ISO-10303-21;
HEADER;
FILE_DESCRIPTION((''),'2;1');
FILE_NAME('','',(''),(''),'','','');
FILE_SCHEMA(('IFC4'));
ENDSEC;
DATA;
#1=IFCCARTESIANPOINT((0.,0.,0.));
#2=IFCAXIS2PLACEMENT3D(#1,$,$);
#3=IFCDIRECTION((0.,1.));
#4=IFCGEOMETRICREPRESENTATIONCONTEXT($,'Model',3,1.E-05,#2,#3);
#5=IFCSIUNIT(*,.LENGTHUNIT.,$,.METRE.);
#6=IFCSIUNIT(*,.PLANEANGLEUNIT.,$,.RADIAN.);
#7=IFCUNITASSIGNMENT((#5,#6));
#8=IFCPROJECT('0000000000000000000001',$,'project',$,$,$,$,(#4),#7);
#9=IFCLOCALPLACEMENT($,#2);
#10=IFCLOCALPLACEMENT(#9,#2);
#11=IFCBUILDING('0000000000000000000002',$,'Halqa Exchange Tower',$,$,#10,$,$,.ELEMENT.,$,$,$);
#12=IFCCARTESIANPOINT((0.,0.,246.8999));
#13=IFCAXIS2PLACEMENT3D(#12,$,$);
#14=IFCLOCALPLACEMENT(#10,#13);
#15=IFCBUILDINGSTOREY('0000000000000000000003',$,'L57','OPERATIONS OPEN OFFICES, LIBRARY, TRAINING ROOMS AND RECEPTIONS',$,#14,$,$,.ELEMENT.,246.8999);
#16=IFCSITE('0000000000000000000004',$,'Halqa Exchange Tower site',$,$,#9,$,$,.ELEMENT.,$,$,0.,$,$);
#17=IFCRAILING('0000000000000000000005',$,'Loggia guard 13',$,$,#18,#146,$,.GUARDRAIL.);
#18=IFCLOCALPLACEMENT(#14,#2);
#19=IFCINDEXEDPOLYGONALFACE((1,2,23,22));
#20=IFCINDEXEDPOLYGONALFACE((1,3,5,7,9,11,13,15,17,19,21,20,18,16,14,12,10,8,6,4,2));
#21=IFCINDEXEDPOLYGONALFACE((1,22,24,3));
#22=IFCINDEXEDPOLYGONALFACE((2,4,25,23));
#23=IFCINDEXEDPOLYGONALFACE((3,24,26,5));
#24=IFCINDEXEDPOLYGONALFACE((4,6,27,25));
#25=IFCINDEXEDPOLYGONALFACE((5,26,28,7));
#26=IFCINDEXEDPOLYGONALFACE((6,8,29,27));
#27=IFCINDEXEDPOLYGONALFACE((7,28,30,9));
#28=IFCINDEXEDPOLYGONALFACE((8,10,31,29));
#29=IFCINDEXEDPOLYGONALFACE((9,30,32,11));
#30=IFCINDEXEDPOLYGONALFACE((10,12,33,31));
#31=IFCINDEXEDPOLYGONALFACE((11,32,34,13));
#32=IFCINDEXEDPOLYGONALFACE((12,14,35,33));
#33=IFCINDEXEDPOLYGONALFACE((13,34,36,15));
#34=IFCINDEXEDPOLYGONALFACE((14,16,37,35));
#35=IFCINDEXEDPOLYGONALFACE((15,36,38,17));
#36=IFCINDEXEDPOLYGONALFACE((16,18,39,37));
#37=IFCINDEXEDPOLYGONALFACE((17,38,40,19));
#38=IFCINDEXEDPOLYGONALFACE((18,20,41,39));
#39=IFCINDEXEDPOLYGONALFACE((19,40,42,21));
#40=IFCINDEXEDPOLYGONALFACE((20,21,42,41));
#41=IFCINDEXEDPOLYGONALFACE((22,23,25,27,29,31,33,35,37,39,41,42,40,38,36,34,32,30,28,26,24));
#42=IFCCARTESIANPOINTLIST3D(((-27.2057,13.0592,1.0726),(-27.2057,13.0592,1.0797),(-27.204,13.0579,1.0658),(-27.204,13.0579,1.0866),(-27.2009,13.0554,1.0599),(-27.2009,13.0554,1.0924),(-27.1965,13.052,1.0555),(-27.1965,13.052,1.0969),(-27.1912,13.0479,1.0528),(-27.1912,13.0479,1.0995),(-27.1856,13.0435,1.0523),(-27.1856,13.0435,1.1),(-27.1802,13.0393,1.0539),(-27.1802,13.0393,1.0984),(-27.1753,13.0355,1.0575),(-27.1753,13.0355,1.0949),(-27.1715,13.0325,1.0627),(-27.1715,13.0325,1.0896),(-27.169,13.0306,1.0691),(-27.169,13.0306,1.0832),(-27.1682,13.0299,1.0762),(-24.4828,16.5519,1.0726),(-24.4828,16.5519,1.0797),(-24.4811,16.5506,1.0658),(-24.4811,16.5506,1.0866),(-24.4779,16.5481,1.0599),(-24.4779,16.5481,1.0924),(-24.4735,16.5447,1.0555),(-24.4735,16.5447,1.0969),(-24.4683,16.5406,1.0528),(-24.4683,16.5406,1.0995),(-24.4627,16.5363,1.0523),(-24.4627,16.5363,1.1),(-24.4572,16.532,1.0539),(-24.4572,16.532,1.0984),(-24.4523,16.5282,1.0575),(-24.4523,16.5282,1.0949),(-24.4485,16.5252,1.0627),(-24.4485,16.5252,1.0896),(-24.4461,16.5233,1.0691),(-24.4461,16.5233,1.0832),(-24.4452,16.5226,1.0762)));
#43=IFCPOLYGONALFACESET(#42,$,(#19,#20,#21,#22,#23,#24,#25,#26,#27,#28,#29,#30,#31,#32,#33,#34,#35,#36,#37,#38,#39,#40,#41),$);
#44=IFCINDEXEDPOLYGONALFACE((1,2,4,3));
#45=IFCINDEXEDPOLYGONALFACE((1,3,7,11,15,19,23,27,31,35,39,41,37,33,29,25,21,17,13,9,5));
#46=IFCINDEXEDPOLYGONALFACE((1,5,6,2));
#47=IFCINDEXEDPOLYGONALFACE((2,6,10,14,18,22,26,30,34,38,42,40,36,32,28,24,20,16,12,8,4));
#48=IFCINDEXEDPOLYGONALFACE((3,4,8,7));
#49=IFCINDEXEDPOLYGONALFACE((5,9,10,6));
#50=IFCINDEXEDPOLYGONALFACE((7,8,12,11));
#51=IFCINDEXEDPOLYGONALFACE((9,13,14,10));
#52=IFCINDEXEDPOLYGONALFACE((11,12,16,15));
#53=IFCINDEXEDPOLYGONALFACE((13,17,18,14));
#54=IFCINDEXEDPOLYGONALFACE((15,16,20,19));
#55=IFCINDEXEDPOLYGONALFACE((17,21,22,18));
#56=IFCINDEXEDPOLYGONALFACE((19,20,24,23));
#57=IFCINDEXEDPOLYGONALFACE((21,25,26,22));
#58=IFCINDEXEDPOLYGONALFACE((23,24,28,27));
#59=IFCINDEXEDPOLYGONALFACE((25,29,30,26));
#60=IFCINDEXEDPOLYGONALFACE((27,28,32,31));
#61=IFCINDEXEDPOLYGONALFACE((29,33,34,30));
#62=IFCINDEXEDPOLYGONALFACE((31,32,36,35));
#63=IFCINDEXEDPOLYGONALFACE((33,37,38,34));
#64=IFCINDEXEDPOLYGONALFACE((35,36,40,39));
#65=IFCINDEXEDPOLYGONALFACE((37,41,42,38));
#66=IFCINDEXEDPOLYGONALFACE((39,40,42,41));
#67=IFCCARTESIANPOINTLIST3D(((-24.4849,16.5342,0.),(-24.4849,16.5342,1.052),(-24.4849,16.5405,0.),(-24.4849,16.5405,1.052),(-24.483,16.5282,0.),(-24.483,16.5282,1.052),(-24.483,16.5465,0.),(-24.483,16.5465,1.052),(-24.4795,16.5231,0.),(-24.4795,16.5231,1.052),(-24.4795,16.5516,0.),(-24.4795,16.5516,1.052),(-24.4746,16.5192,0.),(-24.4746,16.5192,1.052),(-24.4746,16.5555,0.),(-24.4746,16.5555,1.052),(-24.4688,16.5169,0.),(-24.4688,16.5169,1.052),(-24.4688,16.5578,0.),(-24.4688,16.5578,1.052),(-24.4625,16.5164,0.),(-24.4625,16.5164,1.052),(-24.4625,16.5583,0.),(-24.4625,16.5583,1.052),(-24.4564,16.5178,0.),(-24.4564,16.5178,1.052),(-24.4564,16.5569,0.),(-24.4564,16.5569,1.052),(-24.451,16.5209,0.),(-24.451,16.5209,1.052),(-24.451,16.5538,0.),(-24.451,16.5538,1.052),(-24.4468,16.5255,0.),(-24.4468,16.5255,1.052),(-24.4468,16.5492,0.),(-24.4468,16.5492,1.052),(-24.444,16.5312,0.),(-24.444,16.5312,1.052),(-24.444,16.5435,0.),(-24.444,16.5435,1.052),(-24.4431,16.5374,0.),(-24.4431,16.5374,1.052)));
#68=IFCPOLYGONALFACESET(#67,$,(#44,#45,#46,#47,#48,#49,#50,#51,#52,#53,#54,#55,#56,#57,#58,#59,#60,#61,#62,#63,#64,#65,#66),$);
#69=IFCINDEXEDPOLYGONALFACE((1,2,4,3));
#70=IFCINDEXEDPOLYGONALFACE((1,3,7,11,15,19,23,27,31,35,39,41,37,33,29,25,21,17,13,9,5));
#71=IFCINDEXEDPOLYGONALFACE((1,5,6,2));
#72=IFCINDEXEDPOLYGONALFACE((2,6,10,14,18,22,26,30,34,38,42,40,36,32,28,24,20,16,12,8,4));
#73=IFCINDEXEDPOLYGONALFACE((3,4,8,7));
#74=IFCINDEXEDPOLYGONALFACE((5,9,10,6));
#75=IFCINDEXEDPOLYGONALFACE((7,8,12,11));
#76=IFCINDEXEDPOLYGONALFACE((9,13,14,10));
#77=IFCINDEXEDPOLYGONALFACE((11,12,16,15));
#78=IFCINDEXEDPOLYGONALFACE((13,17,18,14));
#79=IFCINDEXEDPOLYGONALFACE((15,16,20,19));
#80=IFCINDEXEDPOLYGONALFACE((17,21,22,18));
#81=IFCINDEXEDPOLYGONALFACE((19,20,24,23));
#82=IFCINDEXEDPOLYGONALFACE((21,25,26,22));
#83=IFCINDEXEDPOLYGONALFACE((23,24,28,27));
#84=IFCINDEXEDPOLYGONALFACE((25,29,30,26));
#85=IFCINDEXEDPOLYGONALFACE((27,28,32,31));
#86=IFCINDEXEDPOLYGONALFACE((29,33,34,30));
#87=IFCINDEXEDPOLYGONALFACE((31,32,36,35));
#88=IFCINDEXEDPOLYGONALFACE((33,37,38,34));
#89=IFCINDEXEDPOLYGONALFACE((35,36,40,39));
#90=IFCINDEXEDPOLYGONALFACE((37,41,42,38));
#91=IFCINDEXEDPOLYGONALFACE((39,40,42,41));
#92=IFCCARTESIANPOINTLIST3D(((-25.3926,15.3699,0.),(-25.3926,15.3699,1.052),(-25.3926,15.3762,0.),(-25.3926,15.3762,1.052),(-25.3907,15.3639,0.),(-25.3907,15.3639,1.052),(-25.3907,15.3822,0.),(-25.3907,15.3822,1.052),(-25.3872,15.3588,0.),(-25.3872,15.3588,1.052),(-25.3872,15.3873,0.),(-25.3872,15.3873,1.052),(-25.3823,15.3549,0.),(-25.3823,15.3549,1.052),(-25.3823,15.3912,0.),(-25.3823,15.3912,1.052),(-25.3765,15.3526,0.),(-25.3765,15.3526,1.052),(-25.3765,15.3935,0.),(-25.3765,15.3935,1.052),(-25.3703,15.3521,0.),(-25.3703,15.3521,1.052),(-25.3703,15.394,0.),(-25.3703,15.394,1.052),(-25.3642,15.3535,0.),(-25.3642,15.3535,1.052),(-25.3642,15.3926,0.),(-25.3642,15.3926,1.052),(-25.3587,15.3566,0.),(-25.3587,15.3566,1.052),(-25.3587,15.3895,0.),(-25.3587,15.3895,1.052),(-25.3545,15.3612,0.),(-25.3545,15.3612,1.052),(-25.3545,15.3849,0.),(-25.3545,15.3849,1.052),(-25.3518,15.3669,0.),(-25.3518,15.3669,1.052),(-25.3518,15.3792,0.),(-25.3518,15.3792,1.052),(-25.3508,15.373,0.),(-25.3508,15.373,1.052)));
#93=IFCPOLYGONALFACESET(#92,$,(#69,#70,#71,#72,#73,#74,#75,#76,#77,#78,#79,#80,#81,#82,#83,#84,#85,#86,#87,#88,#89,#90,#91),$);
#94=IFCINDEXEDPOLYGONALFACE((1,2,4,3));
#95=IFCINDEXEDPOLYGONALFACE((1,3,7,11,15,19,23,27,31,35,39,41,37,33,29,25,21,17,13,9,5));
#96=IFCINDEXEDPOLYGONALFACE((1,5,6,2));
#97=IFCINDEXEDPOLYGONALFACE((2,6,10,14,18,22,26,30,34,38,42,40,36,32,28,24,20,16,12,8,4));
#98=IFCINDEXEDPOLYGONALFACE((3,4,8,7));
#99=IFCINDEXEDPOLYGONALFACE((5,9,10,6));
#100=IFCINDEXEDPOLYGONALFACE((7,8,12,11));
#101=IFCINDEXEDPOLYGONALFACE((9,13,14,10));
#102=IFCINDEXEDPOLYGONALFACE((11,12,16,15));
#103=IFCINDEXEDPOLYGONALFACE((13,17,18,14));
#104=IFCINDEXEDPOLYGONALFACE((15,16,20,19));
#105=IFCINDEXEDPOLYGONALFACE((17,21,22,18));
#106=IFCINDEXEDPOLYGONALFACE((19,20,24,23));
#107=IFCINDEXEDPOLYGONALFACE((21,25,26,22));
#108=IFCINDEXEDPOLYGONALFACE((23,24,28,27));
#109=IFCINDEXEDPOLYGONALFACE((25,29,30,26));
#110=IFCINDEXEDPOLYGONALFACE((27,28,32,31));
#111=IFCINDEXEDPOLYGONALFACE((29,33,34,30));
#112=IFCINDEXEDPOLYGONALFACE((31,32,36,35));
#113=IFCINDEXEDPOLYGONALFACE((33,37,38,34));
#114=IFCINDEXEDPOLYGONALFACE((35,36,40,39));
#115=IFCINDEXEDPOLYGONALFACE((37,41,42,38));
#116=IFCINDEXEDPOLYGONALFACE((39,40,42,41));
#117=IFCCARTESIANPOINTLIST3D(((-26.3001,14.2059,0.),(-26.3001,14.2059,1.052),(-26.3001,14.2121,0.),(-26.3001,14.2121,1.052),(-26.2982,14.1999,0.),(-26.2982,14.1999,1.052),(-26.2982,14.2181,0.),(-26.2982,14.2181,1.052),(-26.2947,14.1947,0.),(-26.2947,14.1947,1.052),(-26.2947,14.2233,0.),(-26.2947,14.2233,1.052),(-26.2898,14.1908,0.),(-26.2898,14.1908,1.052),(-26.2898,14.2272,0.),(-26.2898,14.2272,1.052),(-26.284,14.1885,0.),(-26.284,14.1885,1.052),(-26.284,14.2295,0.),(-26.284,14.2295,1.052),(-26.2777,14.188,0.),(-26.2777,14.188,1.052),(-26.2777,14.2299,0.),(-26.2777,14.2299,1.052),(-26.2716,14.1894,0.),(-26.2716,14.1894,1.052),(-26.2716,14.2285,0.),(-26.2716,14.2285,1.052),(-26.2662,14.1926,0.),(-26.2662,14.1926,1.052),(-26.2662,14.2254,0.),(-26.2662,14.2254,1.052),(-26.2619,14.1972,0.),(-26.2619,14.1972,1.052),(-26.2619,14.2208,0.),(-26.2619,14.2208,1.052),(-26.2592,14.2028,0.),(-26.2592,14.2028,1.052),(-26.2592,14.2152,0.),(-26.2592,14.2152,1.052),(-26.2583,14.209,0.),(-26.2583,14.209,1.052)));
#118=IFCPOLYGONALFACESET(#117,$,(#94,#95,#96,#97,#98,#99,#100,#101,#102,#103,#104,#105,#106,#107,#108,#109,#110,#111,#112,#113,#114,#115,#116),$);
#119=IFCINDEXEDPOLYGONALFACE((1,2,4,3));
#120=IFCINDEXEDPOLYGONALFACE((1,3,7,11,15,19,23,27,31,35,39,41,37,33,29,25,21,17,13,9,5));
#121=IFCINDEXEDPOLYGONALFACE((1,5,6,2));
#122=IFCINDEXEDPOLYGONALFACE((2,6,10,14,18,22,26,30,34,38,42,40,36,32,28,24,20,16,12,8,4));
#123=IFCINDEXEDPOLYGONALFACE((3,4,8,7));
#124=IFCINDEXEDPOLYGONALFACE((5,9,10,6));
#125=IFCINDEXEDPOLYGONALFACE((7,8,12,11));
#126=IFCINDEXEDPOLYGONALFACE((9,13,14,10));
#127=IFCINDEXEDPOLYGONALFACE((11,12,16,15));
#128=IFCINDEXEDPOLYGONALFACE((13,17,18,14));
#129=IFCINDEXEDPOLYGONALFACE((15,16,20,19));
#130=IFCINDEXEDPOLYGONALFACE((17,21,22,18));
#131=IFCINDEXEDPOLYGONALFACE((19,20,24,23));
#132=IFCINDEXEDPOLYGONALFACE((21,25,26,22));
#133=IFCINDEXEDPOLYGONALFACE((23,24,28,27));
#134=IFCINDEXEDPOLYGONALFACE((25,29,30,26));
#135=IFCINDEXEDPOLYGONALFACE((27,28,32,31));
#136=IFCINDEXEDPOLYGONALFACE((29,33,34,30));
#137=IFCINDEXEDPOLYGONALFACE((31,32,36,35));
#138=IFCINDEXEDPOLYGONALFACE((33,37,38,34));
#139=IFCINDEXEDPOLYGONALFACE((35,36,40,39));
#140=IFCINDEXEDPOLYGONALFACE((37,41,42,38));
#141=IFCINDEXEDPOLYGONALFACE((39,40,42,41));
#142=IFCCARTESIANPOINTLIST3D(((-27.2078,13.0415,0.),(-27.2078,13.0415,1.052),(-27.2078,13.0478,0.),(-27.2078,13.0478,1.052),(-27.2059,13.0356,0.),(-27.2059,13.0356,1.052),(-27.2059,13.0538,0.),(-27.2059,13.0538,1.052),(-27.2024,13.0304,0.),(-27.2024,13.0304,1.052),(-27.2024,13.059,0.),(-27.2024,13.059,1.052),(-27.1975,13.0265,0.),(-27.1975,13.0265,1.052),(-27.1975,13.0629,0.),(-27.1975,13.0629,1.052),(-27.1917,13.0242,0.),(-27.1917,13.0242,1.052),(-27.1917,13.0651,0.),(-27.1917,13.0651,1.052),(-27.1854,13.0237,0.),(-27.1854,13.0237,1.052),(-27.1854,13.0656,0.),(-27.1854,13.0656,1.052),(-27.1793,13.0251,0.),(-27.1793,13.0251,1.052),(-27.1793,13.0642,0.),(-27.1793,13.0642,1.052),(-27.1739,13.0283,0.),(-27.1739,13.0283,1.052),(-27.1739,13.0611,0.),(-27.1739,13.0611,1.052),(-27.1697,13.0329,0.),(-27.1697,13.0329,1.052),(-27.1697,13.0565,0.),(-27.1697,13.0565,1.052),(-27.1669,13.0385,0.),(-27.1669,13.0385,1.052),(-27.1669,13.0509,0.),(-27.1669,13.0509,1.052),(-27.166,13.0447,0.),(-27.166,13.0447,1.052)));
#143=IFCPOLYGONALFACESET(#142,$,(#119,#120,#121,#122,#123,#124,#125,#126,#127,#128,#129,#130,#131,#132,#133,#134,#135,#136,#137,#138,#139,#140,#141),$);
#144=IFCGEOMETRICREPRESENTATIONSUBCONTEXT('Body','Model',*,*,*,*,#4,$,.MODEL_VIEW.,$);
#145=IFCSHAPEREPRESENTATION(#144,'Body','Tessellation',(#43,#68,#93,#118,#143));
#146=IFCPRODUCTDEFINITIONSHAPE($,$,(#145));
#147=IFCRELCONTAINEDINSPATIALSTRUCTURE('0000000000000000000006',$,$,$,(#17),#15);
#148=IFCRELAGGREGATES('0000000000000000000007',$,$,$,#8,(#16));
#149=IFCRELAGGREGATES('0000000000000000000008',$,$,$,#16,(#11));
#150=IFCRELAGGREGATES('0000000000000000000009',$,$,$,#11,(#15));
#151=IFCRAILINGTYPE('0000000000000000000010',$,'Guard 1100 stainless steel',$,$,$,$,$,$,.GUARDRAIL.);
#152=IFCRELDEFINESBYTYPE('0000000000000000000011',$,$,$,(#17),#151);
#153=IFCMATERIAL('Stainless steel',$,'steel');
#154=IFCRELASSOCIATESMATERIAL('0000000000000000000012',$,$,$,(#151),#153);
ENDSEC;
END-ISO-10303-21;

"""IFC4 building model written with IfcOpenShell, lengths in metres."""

from ifc_helpers import new_model, si_unit, direction, frame, origin, origin_2d, place, context, subcontext, project, spatial, circle, extrude, material, type_object, element, save


model = new_model("IFC4")

# Units and contexts
model_context = context("Model", 3, precision=1e-05, world=origin(), true_north=direction((0.0, 1.0)))
body_context = subcontext(model_context, "Body", "Model", "MODEL_VIEW")
ifc_project = project(units=[si_unit("LENGTHUNIT", "METRE"), si_unit("PLANEANGLEUNIT", "RADIAN")], contexts=[model_context])

# Site, building, storey
site_placement = place(None, origin())
site = spatial("IfcSite", under=ifc_project, at=site_placement, Name="Halqa Exchange Tower site", CompositionType="ELEMENT", RefElevation=0.0)
building_placement = place(site_placement, origin())
building = spatial("IfcBuilding", under=site, at=building_placement, Name="Halqa Exchange Tower", CompositionType="ELEMENT")
storey_placement = place(building_placement, frame((0.0, 0.0, 246.8999)))
storey = spatial("IfcBuildingStorey", under=building, at=storey_placement, Name="L57", Description="OPERATIONS OPEN OFFICES, LIBRARY, TRAINING ROOMS AND RECEPTIONS", CompositionType="ELEMENT", Elevation=246.8999)

# Railing
ifc_material_1 = material(Name="Stainless steel", Category="steel")
railing_type = type_object("IfcRailingType", Name="Guard 1100 stainless steel", PredefinedType="GUARDRAIL", material=ifc_material_1)
railing_1_placement = place(storey_placement, frame((-24.4641, 16.5374, 0.0)))
element("IfcRailing", 1, at=railing_1_placement, inside=storey, type_object=railing_type, Name="Loggia guard 13", PredefinedType="GUARDRAIL", context=body_context, shape_type="SweptSolid", body=[
    extrude(circle(Radius=0.0239, at=origin_2d()), frame((0.0, 0.0, 1.0762), z_axis=(-0.614837, -0.788654, 0.0), x_axis=(0.788654, -0.614837, 0.0)), (0.0, 0.0, 1.0), 4.4287),
    extrude(circle(Radius=0.021, at=origin_2d()), origin(), (0.0, 0.0, 1.0), 1.052),
    extrude(circle(Radius=0.021, at=origin_2d()), frame((-0.9077, -1.1643, 0.0)), (0.0, 0.0, 1.0), 1.052),
    extrude(circle(Radius=0.021, at=origin_2d()), frame((-1.8152, -2.3284, 0.0)), (0.0, 0.0, 1.0), 1.052),
    extrude(circle(Radius=0.021, at=origin_2d()), frame((-2.7229, -3.4927, 0.0)), (0.0, 0.0, 1.0), 1.052),
])

save(model, "model.ifc")
